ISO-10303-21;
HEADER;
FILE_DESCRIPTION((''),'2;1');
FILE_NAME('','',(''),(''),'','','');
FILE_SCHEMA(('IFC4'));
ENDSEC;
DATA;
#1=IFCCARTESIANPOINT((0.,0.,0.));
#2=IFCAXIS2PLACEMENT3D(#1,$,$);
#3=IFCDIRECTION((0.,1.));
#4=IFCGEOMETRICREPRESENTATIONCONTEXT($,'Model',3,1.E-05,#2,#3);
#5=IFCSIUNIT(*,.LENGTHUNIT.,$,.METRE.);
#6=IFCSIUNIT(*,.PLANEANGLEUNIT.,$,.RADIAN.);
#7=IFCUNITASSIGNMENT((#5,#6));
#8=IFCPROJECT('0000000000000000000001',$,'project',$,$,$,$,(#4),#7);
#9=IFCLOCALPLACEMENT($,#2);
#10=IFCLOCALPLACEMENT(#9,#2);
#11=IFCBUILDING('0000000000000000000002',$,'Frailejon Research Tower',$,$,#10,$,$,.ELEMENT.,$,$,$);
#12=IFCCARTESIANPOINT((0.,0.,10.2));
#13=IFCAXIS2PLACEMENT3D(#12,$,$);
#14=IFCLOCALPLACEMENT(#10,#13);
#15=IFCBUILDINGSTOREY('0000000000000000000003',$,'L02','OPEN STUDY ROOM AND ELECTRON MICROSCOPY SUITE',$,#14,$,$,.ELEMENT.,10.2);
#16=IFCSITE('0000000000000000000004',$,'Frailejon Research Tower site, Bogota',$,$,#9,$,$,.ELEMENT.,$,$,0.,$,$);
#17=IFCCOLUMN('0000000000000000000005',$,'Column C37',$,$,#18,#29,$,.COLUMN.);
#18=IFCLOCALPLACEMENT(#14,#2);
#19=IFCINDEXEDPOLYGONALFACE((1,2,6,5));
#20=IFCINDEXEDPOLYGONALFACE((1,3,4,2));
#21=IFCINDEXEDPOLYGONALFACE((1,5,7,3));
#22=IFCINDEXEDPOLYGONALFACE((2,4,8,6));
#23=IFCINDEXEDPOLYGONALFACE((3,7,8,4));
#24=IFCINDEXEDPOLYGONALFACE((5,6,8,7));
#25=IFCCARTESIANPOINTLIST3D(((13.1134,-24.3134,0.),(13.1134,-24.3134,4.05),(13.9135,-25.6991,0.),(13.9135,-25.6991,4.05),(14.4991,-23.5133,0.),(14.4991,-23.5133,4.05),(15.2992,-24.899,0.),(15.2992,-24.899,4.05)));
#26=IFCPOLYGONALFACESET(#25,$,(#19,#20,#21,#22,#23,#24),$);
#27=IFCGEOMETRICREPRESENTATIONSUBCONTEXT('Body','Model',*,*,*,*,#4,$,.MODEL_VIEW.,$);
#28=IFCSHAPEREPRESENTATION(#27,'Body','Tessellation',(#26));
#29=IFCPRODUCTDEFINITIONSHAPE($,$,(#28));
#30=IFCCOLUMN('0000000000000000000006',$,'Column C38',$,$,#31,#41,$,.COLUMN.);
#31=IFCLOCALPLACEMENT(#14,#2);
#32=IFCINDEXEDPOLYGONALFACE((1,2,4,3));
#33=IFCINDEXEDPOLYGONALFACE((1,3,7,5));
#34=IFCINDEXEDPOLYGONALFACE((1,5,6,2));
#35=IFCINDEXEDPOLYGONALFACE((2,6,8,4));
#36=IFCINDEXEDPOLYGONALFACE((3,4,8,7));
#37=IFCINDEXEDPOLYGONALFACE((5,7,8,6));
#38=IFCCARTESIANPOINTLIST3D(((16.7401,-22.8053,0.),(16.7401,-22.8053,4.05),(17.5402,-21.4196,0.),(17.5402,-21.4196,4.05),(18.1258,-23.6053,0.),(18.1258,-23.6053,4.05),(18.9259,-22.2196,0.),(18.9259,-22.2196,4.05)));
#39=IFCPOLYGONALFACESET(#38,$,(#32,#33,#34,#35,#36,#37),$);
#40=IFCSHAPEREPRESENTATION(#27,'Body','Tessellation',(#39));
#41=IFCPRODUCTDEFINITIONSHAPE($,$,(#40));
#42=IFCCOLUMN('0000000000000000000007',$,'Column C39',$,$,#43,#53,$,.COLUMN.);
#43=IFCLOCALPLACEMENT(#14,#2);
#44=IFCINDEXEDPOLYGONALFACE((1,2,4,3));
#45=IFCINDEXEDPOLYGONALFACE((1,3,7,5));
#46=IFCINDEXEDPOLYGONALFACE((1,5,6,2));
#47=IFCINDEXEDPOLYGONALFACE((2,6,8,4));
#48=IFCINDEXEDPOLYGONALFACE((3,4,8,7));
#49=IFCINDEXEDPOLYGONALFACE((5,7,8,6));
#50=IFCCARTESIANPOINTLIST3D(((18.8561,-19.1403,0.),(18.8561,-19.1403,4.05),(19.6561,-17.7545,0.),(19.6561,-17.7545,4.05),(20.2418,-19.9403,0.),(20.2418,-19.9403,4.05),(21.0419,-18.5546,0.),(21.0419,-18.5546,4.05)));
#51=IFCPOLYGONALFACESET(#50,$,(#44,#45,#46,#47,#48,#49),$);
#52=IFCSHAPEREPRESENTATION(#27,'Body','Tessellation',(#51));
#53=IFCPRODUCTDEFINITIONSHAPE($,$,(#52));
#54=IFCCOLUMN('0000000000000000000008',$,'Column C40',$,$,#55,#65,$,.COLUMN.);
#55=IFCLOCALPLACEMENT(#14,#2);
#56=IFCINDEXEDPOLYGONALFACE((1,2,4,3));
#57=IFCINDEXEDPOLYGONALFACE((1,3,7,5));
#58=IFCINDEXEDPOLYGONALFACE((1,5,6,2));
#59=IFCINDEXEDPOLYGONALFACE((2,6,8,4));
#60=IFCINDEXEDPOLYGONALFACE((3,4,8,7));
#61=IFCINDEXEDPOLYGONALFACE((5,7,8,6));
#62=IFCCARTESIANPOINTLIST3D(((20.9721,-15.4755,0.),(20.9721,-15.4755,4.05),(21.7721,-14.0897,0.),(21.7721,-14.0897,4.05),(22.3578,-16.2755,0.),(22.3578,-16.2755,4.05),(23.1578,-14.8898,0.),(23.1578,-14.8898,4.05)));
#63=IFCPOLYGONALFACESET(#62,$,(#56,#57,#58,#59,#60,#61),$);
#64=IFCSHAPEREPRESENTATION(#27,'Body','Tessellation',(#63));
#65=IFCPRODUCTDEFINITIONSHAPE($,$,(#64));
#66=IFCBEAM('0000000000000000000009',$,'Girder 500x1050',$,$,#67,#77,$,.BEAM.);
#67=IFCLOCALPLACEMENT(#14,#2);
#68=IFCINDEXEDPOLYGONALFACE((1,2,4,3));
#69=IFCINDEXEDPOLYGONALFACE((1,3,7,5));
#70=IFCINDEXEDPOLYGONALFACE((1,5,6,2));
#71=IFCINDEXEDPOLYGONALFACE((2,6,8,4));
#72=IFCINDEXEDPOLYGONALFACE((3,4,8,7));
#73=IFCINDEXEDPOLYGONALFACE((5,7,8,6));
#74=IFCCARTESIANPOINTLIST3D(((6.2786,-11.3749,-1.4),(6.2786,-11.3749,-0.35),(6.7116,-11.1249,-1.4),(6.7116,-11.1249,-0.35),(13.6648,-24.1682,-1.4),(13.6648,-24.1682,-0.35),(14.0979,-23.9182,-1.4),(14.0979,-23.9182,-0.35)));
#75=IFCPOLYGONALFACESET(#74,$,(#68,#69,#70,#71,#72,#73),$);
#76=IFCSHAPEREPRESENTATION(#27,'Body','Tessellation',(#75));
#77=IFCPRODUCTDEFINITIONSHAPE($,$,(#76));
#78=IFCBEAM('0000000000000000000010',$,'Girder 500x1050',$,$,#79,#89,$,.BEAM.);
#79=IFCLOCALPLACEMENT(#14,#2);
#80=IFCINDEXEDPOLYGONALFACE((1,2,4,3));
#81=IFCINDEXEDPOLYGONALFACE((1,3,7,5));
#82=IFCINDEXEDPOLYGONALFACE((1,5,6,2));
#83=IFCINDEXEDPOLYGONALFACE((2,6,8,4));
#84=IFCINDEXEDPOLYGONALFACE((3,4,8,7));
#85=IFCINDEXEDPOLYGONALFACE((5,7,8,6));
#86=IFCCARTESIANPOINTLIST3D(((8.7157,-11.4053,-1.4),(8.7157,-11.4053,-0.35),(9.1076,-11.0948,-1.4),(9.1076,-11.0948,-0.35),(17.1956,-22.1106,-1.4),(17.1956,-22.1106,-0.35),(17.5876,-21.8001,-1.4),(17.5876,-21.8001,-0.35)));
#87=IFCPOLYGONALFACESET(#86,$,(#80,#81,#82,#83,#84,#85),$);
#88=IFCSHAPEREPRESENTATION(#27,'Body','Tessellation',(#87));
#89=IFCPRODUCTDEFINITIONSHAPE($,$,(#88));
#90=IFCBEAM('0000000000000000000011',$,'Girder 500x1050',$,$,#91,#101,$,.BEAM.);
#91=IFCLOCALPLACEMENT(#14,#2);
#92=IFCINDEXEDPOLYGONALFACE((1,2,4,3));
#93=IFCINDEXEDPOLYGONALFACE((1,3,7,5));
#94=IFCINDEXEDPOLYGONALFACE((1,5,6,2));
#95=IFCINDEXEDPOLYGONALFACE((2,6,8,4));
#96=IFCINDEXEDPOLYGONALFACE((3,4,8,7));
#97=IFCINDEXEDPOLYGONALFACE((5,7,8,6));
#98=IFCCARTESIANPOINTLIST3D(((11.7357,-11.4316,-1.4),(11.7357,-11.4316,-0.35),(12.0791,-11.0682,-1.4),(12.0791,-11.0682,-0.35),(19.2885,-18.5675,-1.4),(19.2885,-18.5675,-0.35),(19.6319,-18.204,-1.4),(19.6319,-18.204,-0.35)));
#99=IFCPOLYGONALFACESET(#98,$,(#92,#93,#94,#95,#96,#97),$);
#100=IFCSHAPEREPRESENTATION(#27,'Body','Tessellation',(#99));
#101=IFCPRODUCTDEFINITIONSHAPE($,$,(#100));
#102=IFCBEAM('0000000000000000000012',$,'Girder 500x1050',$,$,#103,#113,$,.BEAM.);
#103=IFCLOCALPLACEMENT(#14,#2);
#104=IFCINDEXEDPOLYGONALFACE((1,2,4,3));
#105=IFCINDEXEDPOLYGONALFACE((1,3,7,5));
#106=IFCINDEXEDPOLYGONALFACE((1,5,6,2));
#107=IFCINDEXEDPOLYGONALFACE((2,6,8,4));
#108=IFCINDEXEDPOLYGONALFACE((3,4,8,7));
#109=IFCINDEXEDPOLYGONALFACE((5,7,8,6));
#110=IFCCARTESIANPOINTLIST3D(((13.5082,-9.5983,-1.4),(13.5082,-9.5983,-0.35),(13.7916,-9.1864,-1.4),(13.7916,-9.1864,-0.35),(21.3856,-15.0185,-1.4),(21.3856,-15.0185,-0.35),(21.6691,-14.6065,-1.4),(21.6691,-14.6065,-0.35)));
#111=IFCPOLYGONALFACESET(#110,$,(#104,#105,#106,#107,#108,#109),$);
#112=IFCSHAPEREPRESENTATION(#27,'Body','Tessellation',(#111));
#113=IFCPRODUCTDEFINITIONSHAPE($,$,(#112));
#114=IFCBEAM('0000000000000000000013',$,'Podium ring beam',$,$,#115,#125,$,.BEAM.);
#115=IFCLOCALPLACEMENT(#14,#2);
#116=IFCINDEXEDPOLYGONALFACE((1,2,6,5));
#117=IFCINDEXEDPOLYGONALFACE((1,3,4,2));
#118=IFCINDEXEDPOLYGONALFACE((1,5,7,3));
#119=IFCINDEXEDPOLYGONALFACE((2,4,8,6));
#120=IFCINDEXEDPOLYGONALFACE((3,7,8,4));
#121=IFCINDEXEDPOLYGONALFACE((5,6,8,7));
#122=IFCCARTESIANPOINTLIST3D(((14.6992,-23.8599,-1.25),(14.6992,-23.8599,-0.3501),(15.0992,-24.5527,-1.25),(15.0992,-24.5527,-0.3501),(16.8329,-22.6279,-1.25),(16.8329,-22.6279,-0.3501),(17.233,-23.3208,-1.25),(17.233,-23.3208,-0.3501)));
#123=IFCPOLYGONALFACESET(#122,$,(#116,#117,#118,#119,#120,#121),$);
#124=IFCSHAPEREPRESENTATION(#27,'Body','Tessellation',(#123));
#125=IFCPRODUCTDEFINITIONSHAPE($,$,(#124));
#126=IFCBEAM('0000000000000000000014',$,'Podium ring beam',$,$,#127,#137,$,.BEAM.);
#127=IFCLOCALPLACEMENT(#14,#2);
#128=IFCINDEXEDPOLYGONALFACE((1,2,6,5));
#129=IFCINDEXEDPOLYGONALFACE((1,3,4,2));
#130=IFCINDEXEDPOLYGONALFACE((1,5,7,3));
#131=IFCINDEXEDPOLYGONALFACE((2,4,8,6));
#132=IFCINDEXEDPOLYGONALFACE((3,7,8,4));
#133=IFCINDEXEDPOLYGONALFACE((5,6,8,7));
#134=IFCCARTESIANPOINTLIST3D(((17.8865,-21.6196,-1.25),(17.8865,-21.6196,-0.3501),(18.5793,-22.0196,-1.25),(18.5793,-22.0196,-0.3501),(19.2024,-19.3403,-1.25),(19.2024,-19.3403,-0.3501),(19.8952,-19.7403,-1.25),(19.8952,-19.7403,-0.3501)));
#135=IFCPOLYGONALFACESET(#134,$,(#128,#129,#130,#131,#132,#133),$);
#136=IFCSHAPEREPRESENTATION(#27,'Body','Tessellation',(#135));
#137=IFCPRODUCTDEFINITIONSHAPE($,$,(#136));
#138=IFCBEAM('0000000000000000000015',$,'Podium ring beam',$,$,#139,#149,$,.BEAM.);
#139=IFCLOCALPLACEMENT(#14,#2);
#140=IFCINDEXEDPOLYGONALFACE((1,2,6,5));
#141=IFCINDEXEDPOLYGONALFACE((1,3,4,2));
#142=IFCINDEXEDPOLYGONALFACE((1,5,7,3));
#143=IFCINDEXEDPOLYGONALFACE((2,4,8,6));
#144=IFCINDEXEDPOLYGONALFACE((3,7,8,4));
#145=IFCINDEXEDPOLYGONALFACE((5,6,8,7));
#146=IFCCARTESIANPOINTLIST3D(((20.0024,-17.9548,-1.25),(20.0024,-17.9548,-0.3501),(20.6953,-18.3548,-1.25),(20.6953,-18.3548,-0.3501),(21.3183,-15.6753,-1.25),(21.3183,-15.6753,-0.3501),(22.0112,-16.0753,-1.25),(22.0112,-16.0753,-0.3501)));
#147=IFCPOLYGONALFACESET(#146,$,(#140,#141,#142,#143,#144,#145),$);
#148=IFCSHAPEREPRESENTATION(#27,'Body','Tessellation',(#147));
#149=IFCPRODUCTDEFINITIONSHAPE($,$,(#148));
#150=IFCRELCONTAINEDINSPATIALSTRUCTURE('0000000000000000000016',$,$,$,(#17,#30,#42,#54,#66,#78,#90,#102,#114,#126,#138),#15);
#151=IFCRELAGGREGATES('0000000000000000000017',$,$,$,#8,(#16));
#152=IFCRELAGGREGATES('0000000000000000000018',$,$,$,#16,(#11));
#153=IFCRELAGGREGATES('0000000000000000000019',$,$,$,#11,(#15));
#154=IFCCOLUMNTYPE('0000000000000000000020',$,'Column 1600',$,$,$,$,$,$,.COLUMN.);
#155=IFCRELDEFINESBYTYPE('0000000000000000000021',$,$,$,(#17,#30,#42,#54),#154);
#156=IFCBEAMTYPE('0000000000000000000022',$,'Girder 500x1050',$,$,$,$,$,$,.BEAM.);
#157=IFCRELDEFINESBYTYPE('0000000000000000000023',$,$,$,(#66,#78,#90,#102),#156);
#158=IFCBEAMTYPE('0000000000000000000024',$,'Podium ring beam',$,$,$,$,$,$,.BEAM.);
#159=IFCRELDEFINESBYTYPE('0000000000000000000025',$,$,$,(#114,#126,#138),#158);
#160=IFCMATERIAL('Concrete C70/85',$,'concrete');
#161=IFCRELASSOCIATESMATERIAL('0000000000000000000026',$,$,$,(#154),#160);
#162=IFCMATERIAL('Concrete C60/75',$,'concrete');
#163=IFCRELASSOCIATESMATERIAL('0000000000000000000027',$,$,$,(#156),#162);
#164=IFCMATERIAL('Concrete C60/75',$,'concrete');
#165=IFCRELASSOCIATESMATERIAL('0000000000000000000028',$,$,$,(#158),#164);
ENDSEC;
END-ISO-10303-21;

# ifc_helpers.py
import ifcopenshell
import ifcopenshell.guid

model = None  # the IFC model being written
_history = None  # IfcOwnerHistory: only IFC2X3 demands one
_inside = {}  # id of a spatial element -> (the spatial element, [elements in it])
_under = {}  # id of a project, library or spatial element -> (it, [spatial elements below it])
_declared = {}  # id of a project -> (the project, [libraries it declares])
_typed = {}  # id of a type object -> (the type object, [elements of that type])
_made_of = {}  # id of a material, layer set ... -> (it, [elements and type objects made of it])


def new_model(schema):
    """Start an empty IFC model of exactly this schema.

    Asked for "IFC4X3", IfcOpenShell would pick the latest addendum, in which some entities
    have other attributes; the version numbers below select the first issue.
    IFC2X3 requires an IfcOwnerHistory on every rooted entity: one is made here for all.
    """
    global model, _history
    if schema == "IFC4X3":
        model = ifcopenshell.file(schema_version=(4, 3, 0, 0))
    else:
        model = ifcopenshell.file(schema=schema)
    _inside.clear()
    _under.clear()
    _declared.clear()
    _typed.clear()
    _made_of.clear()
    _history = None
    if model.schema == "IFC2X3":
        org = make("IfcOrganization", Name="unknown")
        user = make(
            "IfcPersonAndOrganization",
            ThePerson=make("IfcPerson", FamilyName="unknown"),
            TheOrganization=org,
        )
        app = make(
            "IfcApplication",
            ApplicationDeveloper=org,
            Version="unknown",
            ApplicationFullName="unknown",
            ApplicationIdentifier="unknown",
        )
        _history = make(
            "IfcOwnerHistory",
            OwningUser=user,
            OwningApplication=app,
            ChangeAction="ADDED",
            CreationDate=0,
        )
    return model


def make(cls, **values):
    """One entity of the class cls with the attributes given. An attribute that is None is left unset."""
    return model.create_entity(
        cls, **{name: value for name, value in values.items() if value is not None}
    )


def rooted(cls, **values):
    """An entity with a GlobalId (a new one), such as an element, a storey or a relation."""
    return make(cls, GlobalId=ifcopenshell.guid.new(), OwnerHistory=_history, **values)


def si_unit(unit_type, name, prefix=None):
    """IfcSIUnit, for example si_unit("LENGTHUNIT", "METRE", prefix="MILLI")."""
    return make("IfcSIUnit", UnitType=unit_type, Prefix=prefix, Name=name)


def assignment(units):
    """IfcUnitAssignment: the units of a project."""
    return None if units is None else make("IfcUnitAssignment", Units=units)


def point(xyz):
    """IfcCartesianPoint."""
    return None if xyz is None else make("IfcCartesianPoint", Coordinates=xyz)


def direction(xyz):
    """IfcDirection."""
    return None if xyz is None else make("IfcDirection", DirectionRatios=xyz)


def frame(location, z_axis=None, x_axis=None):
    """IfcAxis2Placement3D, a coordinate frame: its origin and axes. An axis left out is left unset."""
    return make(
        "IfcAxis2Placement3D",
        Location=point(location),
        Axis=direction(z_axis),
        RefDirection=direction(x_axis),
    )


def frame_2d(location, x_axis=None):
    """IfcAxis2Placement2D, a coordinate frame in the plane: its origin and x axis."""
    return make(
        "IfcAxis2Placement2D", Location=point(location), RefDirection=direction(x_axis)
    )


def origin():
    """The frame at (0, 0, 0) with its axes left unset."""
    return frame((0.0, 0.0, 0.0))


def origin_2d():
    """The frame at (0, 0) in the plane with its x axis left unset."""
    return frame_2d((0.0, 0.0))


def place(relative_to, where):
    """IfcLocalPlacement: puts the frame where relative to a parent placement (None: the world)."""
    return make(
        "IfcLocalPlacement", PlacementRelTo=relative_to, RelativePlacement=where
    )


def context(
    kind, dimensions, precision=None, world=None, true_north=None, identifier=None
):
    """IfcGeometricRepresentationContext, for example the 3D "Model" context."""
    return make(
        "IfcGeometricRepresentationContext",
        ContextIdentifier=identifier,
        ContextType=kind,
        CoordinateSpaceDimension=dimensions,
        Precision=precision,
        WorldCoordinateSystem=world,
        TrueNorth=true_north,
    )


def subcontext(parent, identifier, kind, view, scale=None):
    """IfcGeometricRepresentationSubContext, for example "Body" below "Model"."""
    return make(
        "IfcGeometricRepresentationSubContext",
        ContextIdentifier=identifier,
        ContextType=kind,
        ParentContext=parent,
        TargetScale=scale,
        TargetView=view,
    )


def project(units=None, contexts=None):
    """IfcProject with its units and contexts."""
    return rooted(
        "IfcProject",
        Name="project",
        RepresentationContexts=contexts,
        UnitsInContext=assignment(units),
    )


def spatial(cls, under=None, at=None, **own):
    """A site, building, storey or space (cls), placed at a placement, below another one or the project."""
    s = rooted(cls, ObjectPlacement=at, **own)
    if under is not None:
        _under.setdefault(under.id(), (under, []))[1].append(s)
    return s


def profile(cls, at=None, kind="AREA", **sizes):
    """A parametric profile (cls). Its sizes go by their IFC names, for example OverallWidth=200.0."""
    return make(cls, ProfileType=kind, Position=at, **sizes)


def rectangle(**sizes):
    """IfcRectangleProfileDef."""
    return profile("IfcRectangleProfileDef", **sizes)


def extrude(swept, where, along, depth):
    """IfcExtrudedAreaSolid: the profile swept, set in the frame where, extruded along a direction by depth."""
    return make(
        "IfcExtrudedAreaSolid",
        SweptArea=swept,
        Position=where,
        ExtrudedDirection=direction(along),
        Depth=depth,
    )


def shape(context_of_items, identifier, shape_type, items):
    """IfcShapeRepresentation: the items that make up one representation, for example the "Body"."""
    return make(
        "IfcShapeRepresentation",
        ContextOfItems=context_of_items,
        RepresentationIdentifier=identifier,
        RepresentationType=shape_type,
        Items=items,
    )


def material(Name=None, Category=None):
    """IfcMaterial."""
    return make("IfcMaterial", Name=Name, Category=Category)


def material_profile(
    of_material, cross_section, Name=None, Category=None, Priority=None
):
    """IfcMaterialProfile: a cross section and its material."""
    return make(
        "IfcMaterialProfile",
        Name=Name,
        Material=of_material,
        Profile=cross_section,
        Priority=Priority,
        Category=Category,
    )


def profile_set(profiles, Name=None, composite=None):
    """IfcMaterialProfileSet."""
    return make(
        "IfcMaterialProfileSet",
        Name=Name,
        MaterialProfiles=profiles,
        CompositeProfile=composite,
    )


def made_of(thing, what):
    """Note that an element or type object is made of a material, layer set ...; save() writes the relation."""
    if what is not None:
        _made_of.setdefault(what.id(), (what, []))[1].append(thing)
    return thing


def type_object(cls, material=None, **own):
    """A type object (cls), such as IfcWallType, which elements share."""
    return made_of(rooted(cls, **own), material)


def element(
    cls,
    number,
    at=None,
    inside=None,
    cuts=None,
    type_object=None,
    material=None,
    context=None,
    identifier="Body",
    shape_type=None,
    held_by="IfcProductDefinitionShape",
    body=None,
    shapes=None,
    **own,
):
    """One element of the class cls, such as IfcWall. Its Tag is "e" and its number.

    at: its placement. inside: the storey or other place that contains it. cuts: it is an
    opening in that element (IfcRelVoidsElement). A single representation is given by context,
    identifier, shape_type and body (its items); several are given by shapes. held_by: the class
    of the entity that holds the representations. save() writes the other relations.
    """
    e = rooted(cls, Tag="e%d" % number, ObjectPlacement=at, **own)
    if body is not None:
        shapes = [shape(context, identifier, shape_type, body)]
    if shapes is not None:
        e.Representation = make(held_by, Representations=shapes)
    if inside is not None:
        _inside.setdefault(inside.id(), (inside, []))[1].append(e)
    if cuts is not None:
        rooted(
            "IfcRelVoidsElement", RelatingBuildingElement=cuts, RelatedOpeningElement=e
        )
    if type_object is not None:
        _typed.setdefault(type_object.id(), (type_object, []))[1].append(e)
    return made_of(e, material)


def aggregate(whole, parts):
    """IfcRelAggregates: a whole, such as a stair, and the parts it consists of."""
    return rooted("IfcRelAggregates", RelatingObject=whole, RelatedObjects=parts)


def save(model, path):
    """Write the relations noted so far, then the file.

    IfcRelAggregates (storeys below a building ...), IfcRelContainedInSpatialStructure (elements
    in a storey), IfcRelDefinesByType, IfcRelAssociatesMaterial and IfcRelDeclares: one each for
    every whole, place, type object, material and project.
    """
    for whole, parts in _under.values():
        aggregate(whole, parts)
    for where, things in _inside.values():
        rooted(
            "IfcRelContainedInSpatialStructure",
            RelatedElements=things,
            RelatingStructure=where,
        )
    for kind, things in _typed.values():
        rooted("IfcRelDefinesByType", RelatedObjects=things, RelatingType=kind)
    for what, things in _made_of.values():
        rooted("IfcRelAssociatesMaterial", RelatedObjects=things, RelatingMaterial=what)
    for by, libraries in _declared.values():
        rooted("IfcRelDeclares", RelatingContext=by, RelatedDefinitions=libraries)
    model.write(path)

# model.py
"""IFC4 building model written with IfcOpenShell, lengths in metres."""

from ifc_helpers import new_model, si_unit, direction, frame, origin, origin_2d, place, context, subcontext, project, spatial, rectangle, extrude, material, material_profile, profile_set, type_object, element, save


model = new_model("IFC4")

# Units and contexts
model_context = context("Model", 3, precision=1e-05, world=origin(), true_north=direction((0.0, 1.0)))
body_context = subcontext(model_context, "Body", "Model", "MODEL_VIEW")
ifc_project = project(units=[si_unit("LENGTHUNIT", "METRE"), si_unit("PLANEANGLEUNIT", "RADIAN")], contexts=[model_context])

# Site, building, storey
site_placement = place(None, origin())
site = spatial("IfcSite", under=ifc_project, at=site_placement, Name="Frailejon Research Tower site, Bogota", CompositionType="ELEMENT", RefElevation=0.0)
building_placement = place(site_placement, origin())
building = spatial("IfcBuilding", under=site, at=building_placement, Name="Frailejon Research Tower", CompositionType="ELEMENT")
storey_placement = place(building_placement, frame((0.0, 0.0, 10.2)))
storey = spatial("IfcBuildingStorey", under=building, at=storey_placement, Name="L02", Description="OPEN STUDY ROOM AND ELECTRON MICROSCOPY SUITE", CompositionType="ELEMENT", Elevation=10.2)

# Columns
ifc_material_1 = material(Name="Concrete C70/85", Category="concrete")
ifc_material_profile_1 = material_profile(ifc_material_1, rectangle(XDim=1.6001, YDim=1.6001, at=origin_2d()), Name="Column 1600")
ifc_profile_set_1 = profile_set([ifc_material_profile_1], Name="Concrete C70/85")
column_type = type_object("IfcColumnType", Name="Column 1600", PredefinedType="COLUMN", material=ifc_profile_set_1)
for number, where, z_axis, x_axis, name in (
    (1, (14.2063, -24.6062, 0.0), (0.0, 0.0, 1.0), (0.866025, 0.5, 0.0), "Column C37"),
    (2, (17.833, -22.5125, 0.0), (0.0, 0.0, 1.0), (0.5, 0.866025, 0.0), "Column C38"),
    (3, (19.949, -18.8474, 0.0), (0.0, 0.0, 1.0), (0.5, 0.866025, 0.0), "Column C39"),
    (4, (22.0649, -15.1826, 0.0), (0.0, 0.0, 1.0), (0.5, 0.866025, 0.0), "Column C40"),
):
    element("IfcColumn", number, at=place(storey_placement, frame(where, z_axis=z_axis, x_axis=x_axis)), inside=storey, type_object=column_type, Name=name, PredefinedType="COLUMN", context=body_context, shape_type="SweptSolid", body=[
        extrude(rectangle(XDim=1.6001, YDim=1.6001, at=origin_2d()), origin(), (0.0, 0.0, 1.0), 4.05),
    ])

# Beams
ifc_material_2 = material(Name="Concrete C60/75", Category="concrete")
ifc_material_profile_2 = material_profile(ifc_material_2, rectangle(XDim=0.5, YDim=1.05, at=origin_2d()), Name="Girder 500x1050")
ifc_profile_set_2 = profile_set([ifc_material_profile_2], Name="Concrete C60/75")
beam_type_1 = type_object("IfcBeamType", Name="Girder 500x1050", PredefinedType="BEAM", material=ifc_profile_set_2)
beam_1_placement = place(storey_placement, frame((13.8813, -24.0432, -0.875), z_axis=(-0.500003, 0.866023, 0.0), x_axis=(-0.866023, -0.500003, 0.0)))
element("IfcBeam", 5, at=beam_1_placement, inside=storey, type_object=beam_type_1, Name="Girder 500x1050", PredefinedType="BEAM", context=body_context, shape_type="SweptSolid", body=[
    extrude(rectangle(XDim=0.5, YDim=1.05, at=origin_2d()), origin(), (0.0, 0.0, 1.0), 14.7725),
])
beam_2_placement = place(storey_placement, frame((17.3916, -21.9553, -0.875), z_axis=(-0.620925, 0.78387, 0.0), x_axis=(-0.78387, -0.620925, 0.0)))
element("IfcBeam", 6, at=beam_2_placement, inside=storey, type_object=beam_type_1, Name="Girder 500x1050", PredefinedType="BEAM", context=body_context, shape_type="SweptSolid", body=[
    extrude(rectangle(XDim=0.5, YDim=1.05, at=origin_2d()), origin(), (0.0, 0.0, 1.0), 13.657),
])
beam_3_placement = place(storey_placement, frame((19.4602, -18.3857, -0.875), z_axis=(-0.726888, 0.686756, 0.0), x_axis=(-0.686756, -0.726888, 0.0)))
element("IfcBeam", 7, at=beam_3_placement, inside=storey, type_object=beam_type_1, Name="Girder 500x1050", PredefinedType="BEAM", context=body_context, shape_type="SweptSolid", body=[
    extrude(rectangle(XDim=0.5, YDim=1.05, at=origin_2d()), origin(), (0.0, 0.0, 1.0), 10.3906),
])
beam_4_placement = place(storey_placement, frame((21.5273, -14.8125, -0.875), z_axis=(-0.823826, 0.566843, 0.0), x_axis=(-0.566843, -0.823826, 0.0)))
element("IfcBeam", 8, at=beam_4_placement, inside=storey, type_object=beam_type_1, Name="Girder 500x1050", PredefinedType="BEAM", context=body_context, shape_type="SweptSolid", body=[
    extrude(rectangle(XDim=0.5, YDim=1.05, at=origin_2d()), origin(), (0.0, 0.0, 1.0), 9.562),
])
ifc_material_3 = material(Name="Concrete C60/75", Category="concrete")
ifc_material_profile_3 = material_profile(ifc_material_3, rectangle(XDim=0.8, YDim=0.8999, at=origin_2d()), Name="Podium ring beam")
ifc_profile_set_3 = profile_set([ifc_material_profile_3], Name="Concrete C60/75")
beam_type_2 = type_object("IfcBeamType", Name="Podium ring beam", PredefinedType="BEAM", material=ifc_profile_set_3)
beam_5_placement = place(storey_placement, frame((14.8992, -24.2063, -0.8), z_axis=(0.866027, 0.499997, 0.0), x_axis=(-0.499997, 0.866027, 0.0)))
element("IfcBeam", 9, at=beam_5_placement, inside=storey, type_object=beam_type_2, Name="Podium ring beam", PredefinedType="BEAM", context=body_context, shape_type="SweptSolid", body=[
    extrude(rectangle(XDim=0.8, YDim=0.8999, at=origin_2d()), origin(), (0.0, 0.0, 1.0), 2.4639),
])
beam_6_placement = place(storey_placement, frame((18.2329, -21.8196, -0.8), z_axis=(0.49999, 0.866031, 0.0), x_axis=(-0.866031, 0.49999, 0.0)))
element("IfcBeam", 10, at=beam_6_placement, inside=storey, type_object=beam_type_2, Name="Podium ring beam", PredefinedType="BEAM", context=body_context, shape_type="SweptSolid", body=[
    extrude(rectangle(XDim=0.8, YDim=0.8999, at=origin_2d()), origin(), (0.0, 0.0, 1.0), 2.6318),
])
beam_7_placement = place(storey_placement, frame((20.3489, -18.1548, -0.8), z_axis=(0.49995, 0.866054, 0.0), x_axis=(-0.866054, 0.49995, 0.0)))
element("IfcBeam", 11, at=beam_7_placement, inside=storey, type_object=beam_type_2, Name="Podium ring beam", PredefinedType="BEAM", context=body_context, shape_type="SweptSolid", body=[
    extrude(rectangle(XDim=0.8, YDim=0.8999, at=origin_2d()), origin(), (0.0, 0.0, 1.0), 2.6321),
])

save(model, "model.ifc")
